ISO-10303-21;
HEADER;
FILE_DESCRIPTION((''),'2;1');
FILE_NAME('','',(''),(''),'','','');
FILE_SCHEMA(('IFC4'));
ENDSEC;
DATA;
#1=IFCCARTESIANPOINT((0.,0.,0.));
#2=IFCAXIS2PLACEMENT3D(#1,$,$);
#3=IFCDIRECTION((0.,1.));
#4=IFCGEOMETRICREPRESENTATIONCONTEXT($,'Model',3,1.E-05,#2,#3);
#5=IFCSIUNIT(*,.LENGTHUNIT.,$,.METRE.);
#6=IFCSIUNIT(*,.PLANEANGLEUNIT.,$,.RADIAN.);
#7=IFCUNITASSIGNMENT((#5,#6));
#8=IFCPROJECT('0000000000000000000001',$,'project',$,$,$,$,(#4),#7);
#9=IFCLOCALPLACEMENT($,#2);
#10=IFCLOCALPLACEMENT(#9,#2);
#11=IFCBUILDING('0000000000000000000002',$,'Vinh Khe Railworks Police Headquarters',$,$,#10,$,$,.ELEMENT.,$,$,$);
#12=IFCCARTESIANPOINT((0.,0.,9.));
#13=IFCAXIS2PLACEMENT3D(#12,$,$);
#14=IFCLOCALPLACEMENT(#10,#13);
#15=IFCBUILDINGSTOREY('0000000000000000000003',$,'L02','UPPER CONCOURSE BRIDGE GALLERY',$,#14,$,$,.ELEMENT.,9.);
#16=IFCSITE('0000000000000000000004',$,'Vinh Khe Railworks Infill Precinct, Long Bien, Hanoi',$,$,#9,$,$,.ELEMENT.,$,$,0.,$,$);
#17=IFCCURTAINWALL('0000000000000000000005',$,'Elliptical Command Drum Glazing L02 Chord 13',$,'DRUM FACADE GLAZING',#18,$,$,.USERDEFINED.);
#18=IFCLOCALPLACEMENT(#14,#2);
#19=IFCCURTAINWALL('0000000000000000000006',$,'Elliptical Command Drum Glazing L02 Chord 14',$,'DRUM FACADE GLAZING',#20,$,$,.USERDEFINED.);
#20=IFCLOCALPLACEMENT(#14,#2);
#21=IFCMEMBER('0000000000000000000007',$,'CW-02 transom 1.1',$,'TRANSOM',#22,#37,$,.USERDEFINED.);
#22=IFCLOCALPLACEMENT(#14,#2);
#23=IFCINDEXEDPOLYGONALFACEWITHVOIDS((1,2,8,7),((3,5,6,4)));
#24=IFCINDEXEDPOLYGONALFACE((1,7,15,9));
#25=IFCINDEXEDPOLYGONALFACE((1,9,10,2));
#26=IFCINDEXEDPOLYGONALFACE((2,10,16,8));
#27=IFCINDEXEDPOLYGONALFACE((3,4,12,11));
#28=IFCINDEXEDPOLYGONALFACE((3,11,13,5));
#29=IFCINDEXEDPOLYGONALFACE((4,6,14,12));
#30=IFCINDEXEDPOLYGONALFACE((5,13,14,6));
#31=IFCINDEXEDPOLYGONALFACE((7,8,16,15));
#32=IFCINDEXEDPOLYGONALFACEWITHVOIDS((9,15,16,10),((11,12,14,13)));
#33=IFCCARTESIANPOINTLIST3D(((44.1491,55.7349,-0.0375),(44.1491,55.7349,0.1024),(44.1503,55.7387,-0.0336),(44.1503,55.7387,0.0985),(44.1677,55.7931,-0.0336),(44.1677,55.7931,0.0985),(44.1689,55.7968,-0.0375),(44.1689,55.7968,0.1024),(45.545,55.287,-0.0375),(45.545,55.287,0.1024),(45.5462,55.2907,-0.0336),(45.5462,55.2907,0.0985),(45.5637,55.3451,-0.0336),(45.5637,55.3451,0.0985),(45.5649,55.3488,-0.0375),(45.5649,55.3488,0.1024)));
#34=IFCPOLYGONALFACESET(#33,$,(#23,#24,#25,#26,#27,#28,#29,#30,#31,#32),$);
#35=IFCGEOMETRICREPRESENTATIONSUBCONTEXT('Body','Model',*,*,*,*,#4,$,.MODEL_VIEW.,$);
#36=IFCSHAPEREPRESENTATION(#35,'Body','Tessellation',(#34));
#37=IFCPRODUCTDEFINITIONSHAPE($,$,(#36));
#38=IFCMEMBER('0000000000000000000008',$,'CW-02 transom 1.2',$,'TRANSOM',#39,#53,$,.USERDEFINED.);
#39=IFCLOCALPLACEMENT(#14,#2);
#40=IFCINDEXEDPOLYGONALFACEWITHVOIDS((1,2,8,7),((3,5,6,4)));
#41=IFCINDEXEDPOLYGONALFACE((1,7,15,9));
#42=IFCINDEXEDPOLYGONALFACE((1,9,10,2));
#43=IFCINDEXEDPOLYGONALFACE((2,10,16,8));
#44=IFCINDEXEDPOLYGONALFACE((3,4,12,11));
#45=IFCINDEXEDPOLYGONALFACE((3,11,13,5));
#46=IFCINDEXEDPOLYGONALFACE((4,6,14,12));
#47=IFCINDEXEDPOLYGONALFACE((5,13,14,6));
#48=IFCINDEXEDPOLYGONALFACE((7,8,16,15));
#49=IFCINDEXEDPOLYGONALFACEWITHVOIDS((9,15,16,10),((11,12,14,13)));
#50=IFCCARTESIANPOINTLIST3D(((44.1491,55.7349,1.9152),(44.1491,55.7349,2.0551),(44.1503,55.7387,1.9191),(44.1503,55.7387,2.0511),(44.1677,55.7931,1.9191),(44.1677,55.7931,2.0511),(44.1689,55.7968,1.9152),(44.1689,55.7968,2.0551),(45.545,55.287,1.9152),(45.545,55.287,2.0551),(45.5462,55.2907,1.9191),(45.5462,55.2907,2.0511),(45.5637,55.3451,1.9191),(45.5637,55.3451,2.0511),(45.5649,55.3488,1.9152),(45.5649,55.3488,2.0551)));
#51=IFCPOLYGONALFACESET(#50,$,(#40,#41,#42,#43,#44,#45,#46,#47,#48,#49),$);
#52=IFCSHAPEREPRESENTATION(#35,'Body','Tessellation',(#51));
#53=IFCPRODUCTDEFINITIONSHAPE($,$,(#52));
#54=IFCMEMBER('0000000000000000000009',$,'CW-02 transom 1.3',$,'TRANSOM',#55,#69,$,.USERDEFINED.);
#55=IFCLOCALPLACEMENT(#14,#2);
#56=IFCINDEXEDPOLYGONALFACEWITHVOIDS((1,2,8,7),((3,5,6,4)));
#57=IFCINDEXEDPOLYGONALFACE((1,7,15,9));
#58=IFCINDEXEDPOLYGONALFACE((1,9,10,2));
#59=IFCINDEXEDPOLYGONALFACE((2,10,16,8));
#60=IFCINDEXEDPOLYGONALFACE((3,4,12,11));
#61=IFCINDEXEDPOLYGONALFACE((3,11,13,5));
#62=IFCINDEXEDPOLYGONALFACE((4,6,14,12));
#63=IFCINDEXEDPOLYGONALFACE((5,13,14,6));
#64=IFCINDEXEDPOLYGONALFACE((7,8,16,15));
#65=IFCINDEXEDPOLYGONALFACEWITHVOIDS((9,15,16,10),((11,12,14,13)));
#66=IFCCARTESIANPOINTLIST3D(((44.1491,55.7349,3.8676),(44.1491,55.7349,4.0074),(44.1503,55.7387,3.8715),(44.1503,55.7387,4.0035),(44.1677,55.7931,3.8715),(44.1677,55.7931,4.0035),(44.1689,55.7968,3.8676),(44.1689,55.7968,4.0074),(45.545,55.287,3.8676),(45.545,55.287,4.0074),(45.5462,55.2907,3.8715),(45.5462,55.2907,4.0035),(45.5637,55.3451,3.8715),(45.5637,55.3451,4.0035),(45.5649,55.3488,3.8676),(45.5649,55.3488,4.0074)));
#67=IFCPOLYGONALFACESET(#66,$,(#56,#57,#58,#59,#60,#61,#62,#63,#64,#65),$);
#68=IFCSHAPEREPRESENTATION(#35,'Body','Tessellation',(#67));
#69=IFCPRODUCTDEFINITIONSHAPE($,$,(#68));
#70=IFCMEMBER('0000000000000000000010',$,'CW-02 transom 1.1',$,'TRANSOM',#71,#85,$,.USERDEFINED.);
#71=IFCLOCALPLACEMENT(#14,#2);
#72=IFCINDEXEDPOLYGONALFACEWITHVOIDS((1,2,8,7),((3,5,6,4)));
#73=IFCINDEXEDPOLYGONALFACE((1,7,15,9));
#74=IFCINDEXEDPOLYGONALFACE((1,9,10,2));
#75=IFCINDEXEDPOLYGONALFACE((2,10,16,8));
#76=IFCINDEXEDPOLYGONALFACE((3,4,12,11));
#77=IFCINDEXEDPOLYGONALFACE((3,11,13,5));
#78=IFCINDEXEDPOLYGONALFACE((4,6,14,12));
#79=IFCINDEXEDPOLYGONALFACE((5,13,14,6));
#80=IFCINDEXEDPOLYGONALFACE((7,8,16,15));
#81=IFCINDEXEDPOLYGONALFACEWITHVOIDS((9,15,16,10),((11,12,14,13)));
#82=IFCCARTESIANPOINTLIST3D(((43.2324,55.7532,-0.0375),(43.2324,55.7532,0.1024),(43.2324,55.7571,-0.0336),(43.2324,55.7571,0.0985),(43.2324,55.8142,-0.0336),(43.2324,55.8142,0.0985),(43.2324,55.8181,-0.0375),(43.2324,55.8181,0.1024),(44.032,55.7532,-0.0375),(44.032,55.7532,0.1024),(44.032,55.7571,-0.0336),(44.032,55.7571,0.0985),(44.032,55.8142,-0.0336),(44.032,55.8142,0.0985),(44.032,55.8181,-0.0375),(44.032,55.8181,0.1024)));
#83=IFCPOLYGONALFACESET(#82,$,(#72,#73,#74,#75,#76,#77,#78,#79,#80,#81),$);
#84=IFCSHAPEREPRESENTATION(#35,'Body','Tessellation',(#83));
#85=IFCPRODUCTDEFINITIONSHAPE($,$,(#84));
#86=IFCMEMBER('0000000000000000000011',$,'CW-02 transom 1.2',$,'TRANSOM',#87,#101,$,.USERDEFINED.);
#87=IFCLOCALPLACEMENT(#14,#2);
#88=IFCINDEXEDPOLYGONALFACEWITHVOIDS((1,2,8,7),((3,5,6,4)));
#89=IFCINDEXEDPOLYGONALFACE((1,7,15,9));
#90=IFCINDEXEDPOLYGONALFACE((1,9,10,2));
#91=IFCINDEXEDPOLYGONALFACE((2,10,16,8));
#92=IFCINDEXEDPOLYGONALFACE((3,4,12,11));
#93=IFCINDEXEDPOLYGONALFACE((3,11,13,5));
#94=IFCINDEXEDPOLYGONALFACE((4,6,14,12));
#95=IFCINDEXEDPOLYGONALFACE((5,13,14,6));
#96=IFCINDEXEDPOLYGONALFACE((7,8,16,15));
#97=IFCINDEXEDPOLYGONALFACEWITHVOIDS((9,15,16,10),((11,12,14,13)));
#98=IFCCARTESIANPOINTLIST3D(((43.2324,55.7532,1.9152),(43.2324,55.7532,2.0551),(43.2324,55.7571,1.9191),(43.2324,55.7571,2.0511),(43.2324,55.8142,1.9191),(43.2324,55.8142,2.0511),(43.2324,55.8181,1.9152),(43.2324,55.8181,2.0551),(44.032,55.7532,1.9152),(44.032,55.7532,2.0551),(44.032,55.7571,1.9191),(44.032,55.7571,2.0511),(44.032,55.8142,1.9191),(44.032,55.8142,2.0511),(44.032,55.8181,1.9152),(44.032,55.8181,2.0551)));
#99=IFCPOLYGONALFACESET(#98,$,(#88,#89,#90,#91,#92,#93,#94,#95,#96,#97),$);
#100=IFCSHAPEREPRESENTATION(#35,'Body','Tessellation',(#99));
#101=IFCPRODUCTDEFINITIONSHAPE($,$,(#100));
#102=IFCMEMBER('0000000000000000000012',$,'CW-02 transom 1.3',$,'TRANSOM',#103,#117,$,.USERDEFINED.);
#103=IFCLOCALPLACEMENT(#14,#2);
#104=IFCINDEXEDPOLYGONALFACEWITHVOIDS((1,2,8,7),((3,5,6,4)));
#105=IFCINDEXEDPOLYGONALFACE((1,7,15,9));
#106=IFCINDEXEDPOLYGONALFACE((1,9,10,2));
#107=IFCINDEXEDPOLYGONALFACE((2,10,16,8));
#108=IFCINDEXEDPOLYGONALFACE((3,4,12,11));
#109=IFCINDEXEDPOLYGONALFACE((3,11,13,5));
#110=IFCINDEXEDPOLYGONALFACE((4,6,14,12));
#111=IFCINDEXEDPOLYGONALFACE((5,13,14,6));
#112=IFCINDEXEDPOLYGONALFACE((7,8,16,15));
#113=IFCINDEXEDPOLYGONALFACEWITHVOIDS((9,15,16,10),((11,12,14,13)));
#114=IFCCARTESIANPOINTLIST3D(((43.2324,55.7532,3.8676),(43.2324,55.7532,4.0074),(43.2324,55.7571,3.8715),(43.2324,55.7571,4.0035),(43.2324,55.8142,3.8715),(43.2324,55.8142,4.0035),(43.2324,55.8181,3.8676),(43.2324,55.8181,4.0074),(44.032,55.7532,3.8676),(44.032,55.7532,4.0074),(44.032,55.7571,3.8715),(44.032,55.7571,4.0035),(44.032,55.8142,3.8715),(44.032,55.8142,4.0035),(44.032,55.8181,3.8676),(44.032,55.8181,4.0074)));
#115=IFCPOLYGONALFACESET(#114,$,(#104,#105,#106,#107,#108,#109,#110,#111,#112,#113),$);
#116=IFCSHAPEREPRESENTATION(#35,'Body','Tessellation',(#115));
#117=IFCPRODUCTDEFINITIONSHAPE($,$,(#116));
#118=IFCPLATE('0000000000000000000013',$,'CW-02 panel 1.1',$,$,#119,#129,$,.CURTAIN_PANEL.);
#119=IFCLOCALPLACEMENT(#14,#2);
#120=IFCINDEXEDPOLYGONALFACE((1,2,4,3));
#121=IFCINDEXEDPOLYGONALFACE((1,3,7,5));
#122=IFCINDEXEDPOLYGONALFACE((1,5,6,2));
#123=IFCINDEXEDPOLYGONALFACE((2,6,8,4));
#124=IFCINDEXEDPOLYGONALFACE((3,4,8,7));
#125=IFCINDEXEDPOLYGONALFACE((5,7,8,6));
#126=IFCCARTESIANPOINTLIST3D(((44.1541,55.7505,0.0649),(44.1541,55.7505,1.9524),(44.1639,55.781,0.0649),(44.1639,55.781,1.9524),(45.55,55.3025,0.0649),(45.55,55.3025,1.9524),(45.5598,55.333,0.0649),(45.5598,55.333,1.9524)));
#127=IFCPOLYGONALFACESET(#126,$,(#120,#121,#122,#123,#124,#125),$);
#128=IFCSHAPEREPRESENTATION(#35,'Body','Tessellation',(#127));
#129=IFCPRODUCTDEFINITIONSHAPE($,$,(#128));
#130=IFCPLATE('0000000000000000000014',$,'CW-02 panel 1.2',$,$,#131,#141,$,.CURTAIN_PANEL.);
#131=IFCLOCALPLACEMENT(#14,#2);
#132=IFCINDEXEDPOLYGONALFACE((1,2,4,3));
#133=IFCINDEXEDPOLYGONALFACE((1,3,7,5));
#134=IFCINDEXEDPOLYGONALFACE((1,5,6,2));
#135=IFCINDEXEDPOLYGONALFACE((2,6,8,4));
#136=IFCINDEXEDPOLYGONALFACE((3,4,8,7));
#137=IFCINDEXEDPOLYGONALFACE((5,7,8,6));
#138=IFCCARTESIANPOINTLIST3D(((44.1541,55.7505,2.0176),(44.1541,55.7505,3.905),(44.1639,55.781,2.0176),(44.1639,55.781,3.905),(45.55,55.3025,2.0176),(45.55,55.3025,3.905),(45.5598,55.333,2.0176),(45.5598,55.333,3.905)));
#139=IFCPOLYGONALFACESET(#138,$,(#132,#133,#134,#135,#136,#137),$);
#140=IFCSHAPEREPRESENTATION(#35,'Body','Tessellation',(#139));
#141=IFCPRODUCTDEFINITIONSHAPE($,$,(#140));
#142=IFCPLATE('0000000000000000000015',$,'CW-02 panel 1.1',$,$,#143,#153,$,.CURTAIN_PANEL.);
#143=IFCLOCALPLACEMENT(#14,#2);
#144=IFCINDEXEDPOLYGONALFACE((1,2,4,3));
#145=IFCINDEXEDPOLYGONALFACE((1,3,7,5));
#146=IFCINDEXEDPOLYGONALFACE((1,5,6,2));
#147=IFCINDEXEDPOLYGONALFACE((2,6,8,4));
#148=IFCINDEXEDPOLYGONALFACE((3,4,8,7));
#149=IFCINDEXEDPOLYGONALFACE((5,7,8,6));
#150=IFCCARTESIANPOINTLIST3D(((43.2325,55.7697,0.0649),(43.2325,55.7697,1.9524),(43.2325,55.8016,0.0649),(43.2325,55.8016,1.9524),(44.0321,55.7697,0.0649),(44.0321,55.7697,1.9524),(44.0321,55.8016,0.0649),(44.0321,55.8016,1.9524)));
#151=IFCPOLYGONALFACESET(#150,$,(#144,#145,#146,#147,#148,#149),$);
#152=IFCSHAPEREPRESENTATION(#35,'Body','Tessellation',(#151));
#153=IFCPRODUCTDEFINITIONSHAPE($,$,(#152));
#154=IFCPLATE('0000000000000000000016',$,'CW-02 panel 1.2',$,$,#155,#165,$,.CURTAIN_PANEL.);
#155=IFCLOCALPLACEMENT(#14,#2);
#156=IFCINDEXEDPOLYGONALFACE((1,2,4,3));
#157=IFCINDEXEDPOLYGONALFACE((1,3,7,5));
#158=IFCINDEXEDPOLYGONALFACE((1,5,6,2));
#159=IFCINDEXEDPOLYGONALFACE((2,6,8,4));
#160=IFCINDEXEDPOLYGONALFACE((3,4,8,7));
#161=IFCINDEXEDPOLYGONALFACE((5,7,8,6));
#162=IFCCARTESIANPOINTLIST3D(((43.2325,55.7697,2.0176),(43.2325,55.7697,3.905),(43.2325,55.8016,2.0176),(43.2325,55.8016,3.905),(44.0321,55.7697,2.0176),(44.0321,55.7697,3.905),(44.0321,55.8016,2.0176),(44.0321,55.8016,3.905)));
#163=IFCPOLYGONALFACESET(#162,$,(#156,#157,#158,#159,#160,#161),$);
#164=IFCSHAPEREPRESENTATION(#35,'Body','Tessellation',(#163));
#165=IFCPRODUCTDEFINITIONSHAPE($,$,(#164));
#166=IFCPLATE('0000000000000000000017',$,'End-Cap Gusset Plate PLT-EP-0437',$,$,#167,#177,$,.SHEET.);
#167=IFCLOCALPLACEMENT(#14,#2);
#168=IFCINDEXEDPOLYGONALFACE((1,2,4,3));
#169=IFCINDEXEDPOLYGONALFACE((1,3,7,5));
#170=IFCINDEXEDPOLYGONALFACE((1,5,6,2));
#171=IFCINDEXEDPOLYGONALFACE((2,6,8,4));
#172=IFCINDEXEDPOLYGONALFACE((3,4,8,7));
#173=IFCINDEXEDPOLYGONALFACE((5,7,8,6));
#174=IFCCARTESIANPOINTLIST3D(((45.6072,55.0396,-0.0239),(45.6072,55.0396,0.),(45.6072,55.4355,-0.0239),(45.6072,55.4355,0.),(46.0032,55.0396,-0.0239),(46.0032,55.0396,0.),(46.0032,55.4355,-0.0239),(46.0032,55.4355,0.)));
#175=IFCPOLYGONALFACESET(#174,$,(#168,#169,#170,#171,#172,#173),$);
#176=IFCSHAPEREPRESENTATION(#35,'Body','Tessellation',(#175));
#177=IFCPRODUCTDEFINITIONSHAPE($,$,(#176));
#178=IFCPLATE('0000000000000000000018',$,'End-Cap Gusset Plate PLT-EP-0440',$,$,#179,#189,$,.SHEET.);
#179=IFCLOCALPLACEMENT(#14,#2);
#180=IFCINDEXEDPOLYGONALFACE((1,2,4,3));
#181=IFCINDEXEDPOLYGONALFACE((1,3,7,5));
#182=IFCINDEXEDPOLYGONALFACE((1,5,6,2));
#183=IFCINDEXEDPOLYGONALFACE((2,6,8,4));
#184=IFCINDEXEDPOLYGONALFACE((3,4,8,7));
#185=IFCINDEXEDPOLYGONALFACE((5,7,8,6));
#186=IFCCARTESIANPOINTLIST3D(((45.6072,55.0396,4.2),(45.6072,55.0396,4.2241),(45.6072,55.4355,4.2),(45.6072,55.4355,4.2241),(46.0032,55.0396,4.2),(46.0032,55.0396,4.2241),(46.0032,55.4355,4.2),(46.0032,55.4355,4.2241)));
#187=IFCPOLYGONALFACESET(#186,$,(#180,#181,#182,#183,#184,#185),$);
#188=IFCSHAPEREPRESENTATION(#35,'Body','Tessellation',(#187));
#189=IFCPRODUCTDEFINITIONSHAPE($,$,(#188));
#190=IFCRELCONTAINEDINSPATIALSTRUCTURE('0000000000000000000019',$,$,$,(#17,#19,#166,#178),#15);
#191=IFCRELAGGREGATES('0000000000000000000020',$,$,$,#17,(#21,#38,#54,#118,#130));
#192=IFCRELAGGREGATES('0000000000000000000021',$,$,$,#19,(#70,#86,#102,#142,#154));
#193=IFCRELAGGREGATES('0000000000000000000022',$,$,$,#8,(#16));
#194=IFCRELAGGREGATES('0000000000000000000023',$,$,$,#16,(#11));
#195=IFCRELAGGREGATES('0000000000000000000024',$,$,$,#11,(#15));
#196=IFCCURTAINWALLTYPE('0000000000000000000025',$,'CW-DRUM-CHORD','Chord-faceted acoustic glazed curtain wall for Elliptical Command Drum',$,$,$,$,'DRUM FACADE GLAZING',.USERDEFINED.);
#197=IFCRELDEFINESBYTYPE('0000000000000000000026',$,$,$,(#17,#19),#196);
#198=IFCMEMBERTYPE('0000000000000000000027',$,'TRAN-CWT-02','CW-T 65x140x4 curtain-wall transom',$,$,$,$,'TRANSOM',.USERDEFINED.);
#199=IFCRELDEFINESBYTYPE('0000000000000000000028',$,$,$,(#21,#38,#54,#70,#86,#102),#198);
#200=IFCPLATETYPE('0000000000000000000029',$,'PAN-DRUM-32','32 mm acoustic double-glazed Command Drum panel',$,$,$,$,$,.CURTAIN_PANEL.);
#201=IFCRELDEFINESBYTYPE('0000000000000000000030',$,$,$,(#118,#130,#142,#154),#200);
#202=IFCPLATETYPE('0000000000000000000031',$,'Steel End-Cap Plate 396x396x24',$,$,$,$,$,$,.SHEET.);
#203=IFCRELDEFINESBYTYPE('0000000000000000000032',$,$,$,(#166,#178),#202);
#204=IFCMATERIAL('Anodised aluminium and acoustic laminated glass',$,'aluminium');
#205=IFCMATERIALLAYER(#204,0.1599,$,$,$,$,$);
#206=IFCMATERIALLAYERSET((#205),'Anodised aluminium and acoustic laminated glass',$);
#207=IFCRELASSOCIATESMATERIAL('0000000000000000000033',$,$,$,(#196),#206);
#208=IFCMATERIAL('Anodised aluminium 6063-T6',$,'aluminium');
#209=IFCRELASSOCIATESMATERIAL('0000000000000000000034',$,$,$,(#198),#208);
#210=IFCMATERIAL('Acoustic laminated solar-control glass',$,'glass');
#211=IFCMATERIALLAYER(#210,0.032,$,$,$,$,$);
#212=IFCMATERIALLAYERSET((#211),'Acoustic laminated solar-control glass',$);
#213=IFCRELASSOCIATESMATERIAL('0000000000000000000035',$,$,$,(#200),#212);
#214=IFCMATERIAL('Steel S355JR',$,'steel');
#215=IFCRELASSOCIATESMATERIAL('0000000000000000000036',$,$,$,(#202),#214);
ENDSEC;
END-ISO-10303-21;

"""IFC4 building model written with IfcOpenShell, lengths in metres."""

from ifc_helpers import new_model, si_unit, direction, frame, origin, origin_2d, place, context, subcontext, project, spatial, rectangle, hollow_rectangle, extrude, material, layer, layer_set, material_profile, profile_set, type_object, element, aggregate, save


model = new_model("IFC4")

# Units and contexts
model_context = context("Model", 3, precision=1e-05, world=origin(), true_north=direction((0.0, 1.0)))
body_context = subcontext(model_context, "Body", "Model", "MODEL_VIEW")
ifc_project = project(units=[si_unit("LENGTHUNIT", "METRE"), si_unit("PLANEANGLEUNIT", "RADIAN")], contexts=[model_context])

# Site, building, storey
site_placement = place(None, origin())
site = spatial("IfcSite", under=ifc_project, at=site_placement, Name="Vinh Khe Railworks Infill Precinct, Long Bien, Hanoi", CompositionType="ELEMENT", RefElevation=0.0)
building_placement = place(site_placement, origin())
building = spatial("IfcBuilding", under=site, at=building_placement, Name="Vinh Khe Railworks Police Headquarters", CompositionType="ELEMENT")
storey_placement = place(building_placement, frame((0.0, 0.0, 9.0)))
storey = spatial("IfcBuildingStorey", under=building, at=storey_placement, Name="L02", Description="UPPER CONCOURSE BRIDGE GALLERY", CompositionType="ELEMENT", Elevation=9.0)

# Shared definitions
ifc_material_1 = material(Name="Steel S355JR", Category="steel")

# Shared definitions
ifc_material_2 = material(Name="Anodised aluminium and acoustic laminated glass", Category="aluminium")
ifc_layer_1 = layer(ifc_material_2, 0.1599)
ifc_layer_set_1 = layer_set([ifc_layer_1], Name="Anodised aluminium and acoustic laminated glass")
curtain_wall_type = type_object("IfcCurtainWallType", Name="CW-DRUM-CHORD", Description="Chord-faceted acoustic glazed curtain wall for Elliptical Command Drum", ElementType="DRUM FACADE GLAZING", PredefinedType="USERDEFINED", material=ifc_layer_set_1)
ifc_material_3 = material(Name="Anodised aluminium 6063-T6", Category="aluminium")

# Curtain walls
curtain_wall_1_placement = place(storey_placement, origin())
curtain_wall_1 = element("IfcCurtainWall", 1, at=curtain_wall_1_placement, inside=storey, type_object=curtain_wall_type, Name="Elliptical Command Drum Glazing L02 Chord 13", ObjectType="DRUM FACADE GLAZING", PredefinedType="USERDEFINED")
curtain_wall_2_placement = place(storey_placement, origin())
curtain_wall_2 = element("IfcCurtainWall", 2, at=curtain_wall_2_placement, inside=storey, type_object=curtain_wall_type, Name="Elliptical Command Drum Glazing L02 Chord 14", ObjectType="DRUM FACADE GLAZING", PredefinedType="USERDEFINED")

# Members
ifc_material_profile_1 = material_profile(ifc_material_3, hollow_rectangle(XDim=0.0649, YDim=0.1399, WallThickness=0.0039, at=origin_2d()), Name="CW-T 65x140x4")
ifc_profile_set_1 = profile_set([ifc_material_profile_1], Name="Anodised aluminium 6063-T6")
member_type_1 = type_object("IfcMemberType", Name="TRAN-CWT-02", Description="CW-T 65x140x4 curtain-wall transom", ElementType="TRANSOM", PredefinedType="USERDEFINED", material=ifc_profile_set_1)
member_1_placement = place(storey_placement, frame((45.5549, 55.3179, 0.0325), z_axis=(-0.952171, 0.305567, 0.0), x_axis=(-0.305567, -0.952171, 0.0)))
member_1 = element("IfcMember", 3, at=member_1_placement, type_object=member_type_1, Name="CW-02 transom 1.1", ObjectType="TRANSOM", PredefinedType="USERDEFINED", context=body_context, shape_type="SweptSolid", body=[
    extrude(hollow_rectangle(XDim=0.0649, YDim=0.1399, WallThickness=0.0039, at=origin_2d()), origin(), (0.0, 0.0, 1.0), 1.4661),
])
member_2_placement = place(storey_placement, frame((45.5549, 55.3179, 1.9851), z_axis=(-0.952171, 0.305567, 0.0), x_axis=(-0.305567, -0.952171, 0.0)))
member_2 = element("IfcMember", 4, at=member_2_placement, type_object=member_type_1, Name="CW-02 transom 1.2", ObjectType="TRANSOM", PredefinedType="USERDEFINED", context=body_context, shape_type="SweptSolid", body=[
    extrude(hollow_rectangle(XDim=0.0649, YDim=0.1399, WallThickness=0.0039, at=origin_2d()), origin(), (0.0, 0.0, 1.0), 1.4661),
])
member_3_placement = place(storey_placement, frame((45.5549, 55.3179, 3.9375), z_axis=(-0.952171, 0.305567, 0.0), x_axis=(-0.305567, -0.952171, 0.0)))
member_3 = element("IfcMember", 5, at=member_3_placement, type_object=member_type_1, Name="CW-02 transom 1.3", ObjectType="TRANSOM", PredefinedType="USERDEFINED", context=body_context, shape_type="SweptSolid", body=[
    extrude(hollow_rectangle(XDim=0.0649, YDim=0.1399, WallThickness=0.0039, at=origin_2d()), origin(), (0.0, 0.0, 1.0), 1.4661),
])
member_4_placement = place(storey_placement, frame((44.032, 55.7856, 0.0325), z_axis=(-1.0, 0.0, 0.0), x_axis=(0.0, -1.0, 0.0)))
member_4 = element("IfcMember", 6, at=member_4_placement, type_object=member_type_1, Name="CW-02 transom 1.1", ObjectType="TRANSOM", PredefinedType="USERDEFINED", context=body_context, shape_type="SweptSolid", body=[
    extrude(hollow_rectangle(XDim=0.0649, YDim=0.1399, WallThickness=0.0039, at=origin_2d()), origin(), (0.0, 0.0, 1.0), 0.7996),
])
member_5_placement = place(storey_placement, frame((44.032, 55.7856, 1.9851), z_axis=(-1.0, 0.0, 0.0), x_axis=(0.0, -1.0, 0.0)))
member_5 = element("IfcMember", 7, at=member_5_placement, type_object=member_type_1, Name="CW-02 transom 1.2", ObjectType="TRANSOM", PredefinedType="USERDEFINED", context=body_context, shape_type="SweptSolid", body=[
    extrude(hollow_rectangle(XDim=0.0649, YDim=0.1399, WallThickness=0.0039, at=origin_2d()), origin(), (0.0, 0.0, 1.0), 0.7996),
])
member_6_placement = place(storey_placement, frame((44.032, 55.7856, 3.9375), z_axis=(-1.0, 0.0, 0.0), x_axis=(0.0, -1.0, 0.0)))
member_6 = element("IfcMember", 8, at=member_6_placement, type_object=member_type_1, Name="CW-02 transom 1.3", ObjectType="TRANSOM", PredefinedType="USERDEFINED", context=body_context, shape_type="SweptSolid", body=[
    extrude(hollow_rectangle(XDim=0.0649, YDim=0.1399, WallThickness=0.0039, at=origin_2d()), origin(), (0.0, 0.0, 1.0), 0.7996),
])

# Plates
ifc_material_4 = material(Name="Acoustic laminated solar-control glass", Category="glass")
ifc_layer_2 = layer(ifc_material_4, 0.032)
ifc_layer_set_2 = layer_set([ifc_layer_2], Name="Acoustic laminated solar-control glass")
plate_type_1 = type_object("IfcPlateType", Name="PAN-DRUM-32", Description="32 mm acoustic double-glazed Command Drum panel", PredefinedType="CURTAIN_PANEL", material=ifc_layer_set_2)
plate_1_placement = place(storey_placement, frame((44.8569, 55.5417, 0.0649), z_axis=(0.0, 0.0, 1.0), x_axis=(-0.952168, 0.305575, 0.0)))
plate_1 = element("IfcPlate", 9, at=plate_1_placement, type_object=plate_type_1, Name="CW-02 panel 1.1", PredefinedType="CURTAIN_PANEL", context=body_context, shape_type="SweptSolid", body=[
    extrude(rectangle(XDim=1.4661, YDim=0.032, at=origin_2d()), origin(), (0.0, 0.0, 1.0), 1.8875),
])
plate_2_placement = place(storey_placement, frame((44.8569, 55.5417, 2.0176), z_axis=(0.0, 0.0, 1.0), x_axis=(-0.952168, 0.305575, 0.0)))
plate_2 = element("IfcPlate", 10, at=plate_2_placement, type_object=plate_type_1, Name="CW-02 panel 1.2", PredefinedType="CURTAIN_PANEL", context=body_context, shape_type="SweptSolid", body=[
    extrude(rectangle(XDim=1.4661, YDim=0.032, at=origin_2d()), origin(), (0.0, 0.0, 1.0), 1.8875),
])
aggregate(curtain_wall_1, [member_1, member_2, member_3, plate_1, plate_2])
plate_3_placement = place(storey_placement, frame((43.6323, 55.7856, 0.0649), z_axis=(0.0, 0.0, 1.0), x_axis=(-1.0, 0.0, 0.0)))
plate_3 = element("IfcPlate", 11, at=plate_3_placement, type_object=plate_type_1, Name="CW-02 panel 1.1", PredefinedType="CURTAIN_PANEL", context=body_context, shape_type="SweptSolid", body=[
    extrude(rectangle(XDim=0.7996, YDim=0.032, at=origin_2d()), origin(), (0.0, 0.0, 1.0), 1.8875),
])
plate_4_placement = place(storey_placement, frame((43.6323, 55.7856, 2.0176), z_axis=(0.0, 0.0, 1.0), x_axis=(-1.0, 0.0, 0.0)))
plate_4 = element("IfcPlate", 12, at=plate_4_placement, type_object=plate_type_1, Name="CW-02 panel 1.2", PredefinedType="CURTAIN_PANEL", context=body_context, shape_type="SweptSolid", body=[
    extrude(rectangle(XDim=0.7996, YDim=0.032, at=origin_2d()), origin(), (0.0, 0.0, 1.0), 1.8875),
])
aggregate(curtain_wall_2, [member_4, member_5, member_6, plate_3, plate_4])

# Plates
ifc_material_profile_2 = material_profile(ifc_material_1, rectangle(XDim=0.396, YDim=0.396, at=origin_2d()), Name="PL 396x396")
ifc_profile_set_2 = profile_set([ifc_material_profile_2], Name="Steel S355JR")
plate_type_2 = type_object("IfcPlateType", Name="Steel End-Cap Plate 396x396x24", PredefinedType="SHEET", material=ifc_profile_set_2)
plate_5_placement = place(storey_placement, frame((45.8052, 55.2375, 0.0), z_axis=(0.0, 0.0, -1.0), x_axis=(1.0, 0.0, 0.0)))
element("IfcPlate", 13, at=plate_5_placement, inside=storey, type_object=plate_type_2, Name="End-Cap Gusset Plate PLT-EP-0437", PredefinedType="SHEET", context=body_context, shape_type="SweptSolid", body=[
    extrude(rectangle(XDim=0.396, YDim=0.396, at=origin_2d()), origin(), (0.0, 0.0, 1.0), 0.0239),
])
plate_6_placement = place(storey_placement, frame((45.8052, 55.2375, 4.2), z_axis=(0.0, 0.0, 1.0), x_axis=(1.0, 0.0, 0.0)))
element("IfcPlate", 14, at=plate_6_placement, inside=storey, type_object=plate_type_2, Name="End-Cap Gusset Plate PLT-EP-0440", PredefinedType="SHEET", context=body_context, shape_type="SweptSolid", body=[
    extrude(rectangle(XDim=0.396, YDim=0.396, at=origin_2d()), origin(), (0.0, 0.0, 1.0), 0.0242),
])

save(model, "model.ifc")
